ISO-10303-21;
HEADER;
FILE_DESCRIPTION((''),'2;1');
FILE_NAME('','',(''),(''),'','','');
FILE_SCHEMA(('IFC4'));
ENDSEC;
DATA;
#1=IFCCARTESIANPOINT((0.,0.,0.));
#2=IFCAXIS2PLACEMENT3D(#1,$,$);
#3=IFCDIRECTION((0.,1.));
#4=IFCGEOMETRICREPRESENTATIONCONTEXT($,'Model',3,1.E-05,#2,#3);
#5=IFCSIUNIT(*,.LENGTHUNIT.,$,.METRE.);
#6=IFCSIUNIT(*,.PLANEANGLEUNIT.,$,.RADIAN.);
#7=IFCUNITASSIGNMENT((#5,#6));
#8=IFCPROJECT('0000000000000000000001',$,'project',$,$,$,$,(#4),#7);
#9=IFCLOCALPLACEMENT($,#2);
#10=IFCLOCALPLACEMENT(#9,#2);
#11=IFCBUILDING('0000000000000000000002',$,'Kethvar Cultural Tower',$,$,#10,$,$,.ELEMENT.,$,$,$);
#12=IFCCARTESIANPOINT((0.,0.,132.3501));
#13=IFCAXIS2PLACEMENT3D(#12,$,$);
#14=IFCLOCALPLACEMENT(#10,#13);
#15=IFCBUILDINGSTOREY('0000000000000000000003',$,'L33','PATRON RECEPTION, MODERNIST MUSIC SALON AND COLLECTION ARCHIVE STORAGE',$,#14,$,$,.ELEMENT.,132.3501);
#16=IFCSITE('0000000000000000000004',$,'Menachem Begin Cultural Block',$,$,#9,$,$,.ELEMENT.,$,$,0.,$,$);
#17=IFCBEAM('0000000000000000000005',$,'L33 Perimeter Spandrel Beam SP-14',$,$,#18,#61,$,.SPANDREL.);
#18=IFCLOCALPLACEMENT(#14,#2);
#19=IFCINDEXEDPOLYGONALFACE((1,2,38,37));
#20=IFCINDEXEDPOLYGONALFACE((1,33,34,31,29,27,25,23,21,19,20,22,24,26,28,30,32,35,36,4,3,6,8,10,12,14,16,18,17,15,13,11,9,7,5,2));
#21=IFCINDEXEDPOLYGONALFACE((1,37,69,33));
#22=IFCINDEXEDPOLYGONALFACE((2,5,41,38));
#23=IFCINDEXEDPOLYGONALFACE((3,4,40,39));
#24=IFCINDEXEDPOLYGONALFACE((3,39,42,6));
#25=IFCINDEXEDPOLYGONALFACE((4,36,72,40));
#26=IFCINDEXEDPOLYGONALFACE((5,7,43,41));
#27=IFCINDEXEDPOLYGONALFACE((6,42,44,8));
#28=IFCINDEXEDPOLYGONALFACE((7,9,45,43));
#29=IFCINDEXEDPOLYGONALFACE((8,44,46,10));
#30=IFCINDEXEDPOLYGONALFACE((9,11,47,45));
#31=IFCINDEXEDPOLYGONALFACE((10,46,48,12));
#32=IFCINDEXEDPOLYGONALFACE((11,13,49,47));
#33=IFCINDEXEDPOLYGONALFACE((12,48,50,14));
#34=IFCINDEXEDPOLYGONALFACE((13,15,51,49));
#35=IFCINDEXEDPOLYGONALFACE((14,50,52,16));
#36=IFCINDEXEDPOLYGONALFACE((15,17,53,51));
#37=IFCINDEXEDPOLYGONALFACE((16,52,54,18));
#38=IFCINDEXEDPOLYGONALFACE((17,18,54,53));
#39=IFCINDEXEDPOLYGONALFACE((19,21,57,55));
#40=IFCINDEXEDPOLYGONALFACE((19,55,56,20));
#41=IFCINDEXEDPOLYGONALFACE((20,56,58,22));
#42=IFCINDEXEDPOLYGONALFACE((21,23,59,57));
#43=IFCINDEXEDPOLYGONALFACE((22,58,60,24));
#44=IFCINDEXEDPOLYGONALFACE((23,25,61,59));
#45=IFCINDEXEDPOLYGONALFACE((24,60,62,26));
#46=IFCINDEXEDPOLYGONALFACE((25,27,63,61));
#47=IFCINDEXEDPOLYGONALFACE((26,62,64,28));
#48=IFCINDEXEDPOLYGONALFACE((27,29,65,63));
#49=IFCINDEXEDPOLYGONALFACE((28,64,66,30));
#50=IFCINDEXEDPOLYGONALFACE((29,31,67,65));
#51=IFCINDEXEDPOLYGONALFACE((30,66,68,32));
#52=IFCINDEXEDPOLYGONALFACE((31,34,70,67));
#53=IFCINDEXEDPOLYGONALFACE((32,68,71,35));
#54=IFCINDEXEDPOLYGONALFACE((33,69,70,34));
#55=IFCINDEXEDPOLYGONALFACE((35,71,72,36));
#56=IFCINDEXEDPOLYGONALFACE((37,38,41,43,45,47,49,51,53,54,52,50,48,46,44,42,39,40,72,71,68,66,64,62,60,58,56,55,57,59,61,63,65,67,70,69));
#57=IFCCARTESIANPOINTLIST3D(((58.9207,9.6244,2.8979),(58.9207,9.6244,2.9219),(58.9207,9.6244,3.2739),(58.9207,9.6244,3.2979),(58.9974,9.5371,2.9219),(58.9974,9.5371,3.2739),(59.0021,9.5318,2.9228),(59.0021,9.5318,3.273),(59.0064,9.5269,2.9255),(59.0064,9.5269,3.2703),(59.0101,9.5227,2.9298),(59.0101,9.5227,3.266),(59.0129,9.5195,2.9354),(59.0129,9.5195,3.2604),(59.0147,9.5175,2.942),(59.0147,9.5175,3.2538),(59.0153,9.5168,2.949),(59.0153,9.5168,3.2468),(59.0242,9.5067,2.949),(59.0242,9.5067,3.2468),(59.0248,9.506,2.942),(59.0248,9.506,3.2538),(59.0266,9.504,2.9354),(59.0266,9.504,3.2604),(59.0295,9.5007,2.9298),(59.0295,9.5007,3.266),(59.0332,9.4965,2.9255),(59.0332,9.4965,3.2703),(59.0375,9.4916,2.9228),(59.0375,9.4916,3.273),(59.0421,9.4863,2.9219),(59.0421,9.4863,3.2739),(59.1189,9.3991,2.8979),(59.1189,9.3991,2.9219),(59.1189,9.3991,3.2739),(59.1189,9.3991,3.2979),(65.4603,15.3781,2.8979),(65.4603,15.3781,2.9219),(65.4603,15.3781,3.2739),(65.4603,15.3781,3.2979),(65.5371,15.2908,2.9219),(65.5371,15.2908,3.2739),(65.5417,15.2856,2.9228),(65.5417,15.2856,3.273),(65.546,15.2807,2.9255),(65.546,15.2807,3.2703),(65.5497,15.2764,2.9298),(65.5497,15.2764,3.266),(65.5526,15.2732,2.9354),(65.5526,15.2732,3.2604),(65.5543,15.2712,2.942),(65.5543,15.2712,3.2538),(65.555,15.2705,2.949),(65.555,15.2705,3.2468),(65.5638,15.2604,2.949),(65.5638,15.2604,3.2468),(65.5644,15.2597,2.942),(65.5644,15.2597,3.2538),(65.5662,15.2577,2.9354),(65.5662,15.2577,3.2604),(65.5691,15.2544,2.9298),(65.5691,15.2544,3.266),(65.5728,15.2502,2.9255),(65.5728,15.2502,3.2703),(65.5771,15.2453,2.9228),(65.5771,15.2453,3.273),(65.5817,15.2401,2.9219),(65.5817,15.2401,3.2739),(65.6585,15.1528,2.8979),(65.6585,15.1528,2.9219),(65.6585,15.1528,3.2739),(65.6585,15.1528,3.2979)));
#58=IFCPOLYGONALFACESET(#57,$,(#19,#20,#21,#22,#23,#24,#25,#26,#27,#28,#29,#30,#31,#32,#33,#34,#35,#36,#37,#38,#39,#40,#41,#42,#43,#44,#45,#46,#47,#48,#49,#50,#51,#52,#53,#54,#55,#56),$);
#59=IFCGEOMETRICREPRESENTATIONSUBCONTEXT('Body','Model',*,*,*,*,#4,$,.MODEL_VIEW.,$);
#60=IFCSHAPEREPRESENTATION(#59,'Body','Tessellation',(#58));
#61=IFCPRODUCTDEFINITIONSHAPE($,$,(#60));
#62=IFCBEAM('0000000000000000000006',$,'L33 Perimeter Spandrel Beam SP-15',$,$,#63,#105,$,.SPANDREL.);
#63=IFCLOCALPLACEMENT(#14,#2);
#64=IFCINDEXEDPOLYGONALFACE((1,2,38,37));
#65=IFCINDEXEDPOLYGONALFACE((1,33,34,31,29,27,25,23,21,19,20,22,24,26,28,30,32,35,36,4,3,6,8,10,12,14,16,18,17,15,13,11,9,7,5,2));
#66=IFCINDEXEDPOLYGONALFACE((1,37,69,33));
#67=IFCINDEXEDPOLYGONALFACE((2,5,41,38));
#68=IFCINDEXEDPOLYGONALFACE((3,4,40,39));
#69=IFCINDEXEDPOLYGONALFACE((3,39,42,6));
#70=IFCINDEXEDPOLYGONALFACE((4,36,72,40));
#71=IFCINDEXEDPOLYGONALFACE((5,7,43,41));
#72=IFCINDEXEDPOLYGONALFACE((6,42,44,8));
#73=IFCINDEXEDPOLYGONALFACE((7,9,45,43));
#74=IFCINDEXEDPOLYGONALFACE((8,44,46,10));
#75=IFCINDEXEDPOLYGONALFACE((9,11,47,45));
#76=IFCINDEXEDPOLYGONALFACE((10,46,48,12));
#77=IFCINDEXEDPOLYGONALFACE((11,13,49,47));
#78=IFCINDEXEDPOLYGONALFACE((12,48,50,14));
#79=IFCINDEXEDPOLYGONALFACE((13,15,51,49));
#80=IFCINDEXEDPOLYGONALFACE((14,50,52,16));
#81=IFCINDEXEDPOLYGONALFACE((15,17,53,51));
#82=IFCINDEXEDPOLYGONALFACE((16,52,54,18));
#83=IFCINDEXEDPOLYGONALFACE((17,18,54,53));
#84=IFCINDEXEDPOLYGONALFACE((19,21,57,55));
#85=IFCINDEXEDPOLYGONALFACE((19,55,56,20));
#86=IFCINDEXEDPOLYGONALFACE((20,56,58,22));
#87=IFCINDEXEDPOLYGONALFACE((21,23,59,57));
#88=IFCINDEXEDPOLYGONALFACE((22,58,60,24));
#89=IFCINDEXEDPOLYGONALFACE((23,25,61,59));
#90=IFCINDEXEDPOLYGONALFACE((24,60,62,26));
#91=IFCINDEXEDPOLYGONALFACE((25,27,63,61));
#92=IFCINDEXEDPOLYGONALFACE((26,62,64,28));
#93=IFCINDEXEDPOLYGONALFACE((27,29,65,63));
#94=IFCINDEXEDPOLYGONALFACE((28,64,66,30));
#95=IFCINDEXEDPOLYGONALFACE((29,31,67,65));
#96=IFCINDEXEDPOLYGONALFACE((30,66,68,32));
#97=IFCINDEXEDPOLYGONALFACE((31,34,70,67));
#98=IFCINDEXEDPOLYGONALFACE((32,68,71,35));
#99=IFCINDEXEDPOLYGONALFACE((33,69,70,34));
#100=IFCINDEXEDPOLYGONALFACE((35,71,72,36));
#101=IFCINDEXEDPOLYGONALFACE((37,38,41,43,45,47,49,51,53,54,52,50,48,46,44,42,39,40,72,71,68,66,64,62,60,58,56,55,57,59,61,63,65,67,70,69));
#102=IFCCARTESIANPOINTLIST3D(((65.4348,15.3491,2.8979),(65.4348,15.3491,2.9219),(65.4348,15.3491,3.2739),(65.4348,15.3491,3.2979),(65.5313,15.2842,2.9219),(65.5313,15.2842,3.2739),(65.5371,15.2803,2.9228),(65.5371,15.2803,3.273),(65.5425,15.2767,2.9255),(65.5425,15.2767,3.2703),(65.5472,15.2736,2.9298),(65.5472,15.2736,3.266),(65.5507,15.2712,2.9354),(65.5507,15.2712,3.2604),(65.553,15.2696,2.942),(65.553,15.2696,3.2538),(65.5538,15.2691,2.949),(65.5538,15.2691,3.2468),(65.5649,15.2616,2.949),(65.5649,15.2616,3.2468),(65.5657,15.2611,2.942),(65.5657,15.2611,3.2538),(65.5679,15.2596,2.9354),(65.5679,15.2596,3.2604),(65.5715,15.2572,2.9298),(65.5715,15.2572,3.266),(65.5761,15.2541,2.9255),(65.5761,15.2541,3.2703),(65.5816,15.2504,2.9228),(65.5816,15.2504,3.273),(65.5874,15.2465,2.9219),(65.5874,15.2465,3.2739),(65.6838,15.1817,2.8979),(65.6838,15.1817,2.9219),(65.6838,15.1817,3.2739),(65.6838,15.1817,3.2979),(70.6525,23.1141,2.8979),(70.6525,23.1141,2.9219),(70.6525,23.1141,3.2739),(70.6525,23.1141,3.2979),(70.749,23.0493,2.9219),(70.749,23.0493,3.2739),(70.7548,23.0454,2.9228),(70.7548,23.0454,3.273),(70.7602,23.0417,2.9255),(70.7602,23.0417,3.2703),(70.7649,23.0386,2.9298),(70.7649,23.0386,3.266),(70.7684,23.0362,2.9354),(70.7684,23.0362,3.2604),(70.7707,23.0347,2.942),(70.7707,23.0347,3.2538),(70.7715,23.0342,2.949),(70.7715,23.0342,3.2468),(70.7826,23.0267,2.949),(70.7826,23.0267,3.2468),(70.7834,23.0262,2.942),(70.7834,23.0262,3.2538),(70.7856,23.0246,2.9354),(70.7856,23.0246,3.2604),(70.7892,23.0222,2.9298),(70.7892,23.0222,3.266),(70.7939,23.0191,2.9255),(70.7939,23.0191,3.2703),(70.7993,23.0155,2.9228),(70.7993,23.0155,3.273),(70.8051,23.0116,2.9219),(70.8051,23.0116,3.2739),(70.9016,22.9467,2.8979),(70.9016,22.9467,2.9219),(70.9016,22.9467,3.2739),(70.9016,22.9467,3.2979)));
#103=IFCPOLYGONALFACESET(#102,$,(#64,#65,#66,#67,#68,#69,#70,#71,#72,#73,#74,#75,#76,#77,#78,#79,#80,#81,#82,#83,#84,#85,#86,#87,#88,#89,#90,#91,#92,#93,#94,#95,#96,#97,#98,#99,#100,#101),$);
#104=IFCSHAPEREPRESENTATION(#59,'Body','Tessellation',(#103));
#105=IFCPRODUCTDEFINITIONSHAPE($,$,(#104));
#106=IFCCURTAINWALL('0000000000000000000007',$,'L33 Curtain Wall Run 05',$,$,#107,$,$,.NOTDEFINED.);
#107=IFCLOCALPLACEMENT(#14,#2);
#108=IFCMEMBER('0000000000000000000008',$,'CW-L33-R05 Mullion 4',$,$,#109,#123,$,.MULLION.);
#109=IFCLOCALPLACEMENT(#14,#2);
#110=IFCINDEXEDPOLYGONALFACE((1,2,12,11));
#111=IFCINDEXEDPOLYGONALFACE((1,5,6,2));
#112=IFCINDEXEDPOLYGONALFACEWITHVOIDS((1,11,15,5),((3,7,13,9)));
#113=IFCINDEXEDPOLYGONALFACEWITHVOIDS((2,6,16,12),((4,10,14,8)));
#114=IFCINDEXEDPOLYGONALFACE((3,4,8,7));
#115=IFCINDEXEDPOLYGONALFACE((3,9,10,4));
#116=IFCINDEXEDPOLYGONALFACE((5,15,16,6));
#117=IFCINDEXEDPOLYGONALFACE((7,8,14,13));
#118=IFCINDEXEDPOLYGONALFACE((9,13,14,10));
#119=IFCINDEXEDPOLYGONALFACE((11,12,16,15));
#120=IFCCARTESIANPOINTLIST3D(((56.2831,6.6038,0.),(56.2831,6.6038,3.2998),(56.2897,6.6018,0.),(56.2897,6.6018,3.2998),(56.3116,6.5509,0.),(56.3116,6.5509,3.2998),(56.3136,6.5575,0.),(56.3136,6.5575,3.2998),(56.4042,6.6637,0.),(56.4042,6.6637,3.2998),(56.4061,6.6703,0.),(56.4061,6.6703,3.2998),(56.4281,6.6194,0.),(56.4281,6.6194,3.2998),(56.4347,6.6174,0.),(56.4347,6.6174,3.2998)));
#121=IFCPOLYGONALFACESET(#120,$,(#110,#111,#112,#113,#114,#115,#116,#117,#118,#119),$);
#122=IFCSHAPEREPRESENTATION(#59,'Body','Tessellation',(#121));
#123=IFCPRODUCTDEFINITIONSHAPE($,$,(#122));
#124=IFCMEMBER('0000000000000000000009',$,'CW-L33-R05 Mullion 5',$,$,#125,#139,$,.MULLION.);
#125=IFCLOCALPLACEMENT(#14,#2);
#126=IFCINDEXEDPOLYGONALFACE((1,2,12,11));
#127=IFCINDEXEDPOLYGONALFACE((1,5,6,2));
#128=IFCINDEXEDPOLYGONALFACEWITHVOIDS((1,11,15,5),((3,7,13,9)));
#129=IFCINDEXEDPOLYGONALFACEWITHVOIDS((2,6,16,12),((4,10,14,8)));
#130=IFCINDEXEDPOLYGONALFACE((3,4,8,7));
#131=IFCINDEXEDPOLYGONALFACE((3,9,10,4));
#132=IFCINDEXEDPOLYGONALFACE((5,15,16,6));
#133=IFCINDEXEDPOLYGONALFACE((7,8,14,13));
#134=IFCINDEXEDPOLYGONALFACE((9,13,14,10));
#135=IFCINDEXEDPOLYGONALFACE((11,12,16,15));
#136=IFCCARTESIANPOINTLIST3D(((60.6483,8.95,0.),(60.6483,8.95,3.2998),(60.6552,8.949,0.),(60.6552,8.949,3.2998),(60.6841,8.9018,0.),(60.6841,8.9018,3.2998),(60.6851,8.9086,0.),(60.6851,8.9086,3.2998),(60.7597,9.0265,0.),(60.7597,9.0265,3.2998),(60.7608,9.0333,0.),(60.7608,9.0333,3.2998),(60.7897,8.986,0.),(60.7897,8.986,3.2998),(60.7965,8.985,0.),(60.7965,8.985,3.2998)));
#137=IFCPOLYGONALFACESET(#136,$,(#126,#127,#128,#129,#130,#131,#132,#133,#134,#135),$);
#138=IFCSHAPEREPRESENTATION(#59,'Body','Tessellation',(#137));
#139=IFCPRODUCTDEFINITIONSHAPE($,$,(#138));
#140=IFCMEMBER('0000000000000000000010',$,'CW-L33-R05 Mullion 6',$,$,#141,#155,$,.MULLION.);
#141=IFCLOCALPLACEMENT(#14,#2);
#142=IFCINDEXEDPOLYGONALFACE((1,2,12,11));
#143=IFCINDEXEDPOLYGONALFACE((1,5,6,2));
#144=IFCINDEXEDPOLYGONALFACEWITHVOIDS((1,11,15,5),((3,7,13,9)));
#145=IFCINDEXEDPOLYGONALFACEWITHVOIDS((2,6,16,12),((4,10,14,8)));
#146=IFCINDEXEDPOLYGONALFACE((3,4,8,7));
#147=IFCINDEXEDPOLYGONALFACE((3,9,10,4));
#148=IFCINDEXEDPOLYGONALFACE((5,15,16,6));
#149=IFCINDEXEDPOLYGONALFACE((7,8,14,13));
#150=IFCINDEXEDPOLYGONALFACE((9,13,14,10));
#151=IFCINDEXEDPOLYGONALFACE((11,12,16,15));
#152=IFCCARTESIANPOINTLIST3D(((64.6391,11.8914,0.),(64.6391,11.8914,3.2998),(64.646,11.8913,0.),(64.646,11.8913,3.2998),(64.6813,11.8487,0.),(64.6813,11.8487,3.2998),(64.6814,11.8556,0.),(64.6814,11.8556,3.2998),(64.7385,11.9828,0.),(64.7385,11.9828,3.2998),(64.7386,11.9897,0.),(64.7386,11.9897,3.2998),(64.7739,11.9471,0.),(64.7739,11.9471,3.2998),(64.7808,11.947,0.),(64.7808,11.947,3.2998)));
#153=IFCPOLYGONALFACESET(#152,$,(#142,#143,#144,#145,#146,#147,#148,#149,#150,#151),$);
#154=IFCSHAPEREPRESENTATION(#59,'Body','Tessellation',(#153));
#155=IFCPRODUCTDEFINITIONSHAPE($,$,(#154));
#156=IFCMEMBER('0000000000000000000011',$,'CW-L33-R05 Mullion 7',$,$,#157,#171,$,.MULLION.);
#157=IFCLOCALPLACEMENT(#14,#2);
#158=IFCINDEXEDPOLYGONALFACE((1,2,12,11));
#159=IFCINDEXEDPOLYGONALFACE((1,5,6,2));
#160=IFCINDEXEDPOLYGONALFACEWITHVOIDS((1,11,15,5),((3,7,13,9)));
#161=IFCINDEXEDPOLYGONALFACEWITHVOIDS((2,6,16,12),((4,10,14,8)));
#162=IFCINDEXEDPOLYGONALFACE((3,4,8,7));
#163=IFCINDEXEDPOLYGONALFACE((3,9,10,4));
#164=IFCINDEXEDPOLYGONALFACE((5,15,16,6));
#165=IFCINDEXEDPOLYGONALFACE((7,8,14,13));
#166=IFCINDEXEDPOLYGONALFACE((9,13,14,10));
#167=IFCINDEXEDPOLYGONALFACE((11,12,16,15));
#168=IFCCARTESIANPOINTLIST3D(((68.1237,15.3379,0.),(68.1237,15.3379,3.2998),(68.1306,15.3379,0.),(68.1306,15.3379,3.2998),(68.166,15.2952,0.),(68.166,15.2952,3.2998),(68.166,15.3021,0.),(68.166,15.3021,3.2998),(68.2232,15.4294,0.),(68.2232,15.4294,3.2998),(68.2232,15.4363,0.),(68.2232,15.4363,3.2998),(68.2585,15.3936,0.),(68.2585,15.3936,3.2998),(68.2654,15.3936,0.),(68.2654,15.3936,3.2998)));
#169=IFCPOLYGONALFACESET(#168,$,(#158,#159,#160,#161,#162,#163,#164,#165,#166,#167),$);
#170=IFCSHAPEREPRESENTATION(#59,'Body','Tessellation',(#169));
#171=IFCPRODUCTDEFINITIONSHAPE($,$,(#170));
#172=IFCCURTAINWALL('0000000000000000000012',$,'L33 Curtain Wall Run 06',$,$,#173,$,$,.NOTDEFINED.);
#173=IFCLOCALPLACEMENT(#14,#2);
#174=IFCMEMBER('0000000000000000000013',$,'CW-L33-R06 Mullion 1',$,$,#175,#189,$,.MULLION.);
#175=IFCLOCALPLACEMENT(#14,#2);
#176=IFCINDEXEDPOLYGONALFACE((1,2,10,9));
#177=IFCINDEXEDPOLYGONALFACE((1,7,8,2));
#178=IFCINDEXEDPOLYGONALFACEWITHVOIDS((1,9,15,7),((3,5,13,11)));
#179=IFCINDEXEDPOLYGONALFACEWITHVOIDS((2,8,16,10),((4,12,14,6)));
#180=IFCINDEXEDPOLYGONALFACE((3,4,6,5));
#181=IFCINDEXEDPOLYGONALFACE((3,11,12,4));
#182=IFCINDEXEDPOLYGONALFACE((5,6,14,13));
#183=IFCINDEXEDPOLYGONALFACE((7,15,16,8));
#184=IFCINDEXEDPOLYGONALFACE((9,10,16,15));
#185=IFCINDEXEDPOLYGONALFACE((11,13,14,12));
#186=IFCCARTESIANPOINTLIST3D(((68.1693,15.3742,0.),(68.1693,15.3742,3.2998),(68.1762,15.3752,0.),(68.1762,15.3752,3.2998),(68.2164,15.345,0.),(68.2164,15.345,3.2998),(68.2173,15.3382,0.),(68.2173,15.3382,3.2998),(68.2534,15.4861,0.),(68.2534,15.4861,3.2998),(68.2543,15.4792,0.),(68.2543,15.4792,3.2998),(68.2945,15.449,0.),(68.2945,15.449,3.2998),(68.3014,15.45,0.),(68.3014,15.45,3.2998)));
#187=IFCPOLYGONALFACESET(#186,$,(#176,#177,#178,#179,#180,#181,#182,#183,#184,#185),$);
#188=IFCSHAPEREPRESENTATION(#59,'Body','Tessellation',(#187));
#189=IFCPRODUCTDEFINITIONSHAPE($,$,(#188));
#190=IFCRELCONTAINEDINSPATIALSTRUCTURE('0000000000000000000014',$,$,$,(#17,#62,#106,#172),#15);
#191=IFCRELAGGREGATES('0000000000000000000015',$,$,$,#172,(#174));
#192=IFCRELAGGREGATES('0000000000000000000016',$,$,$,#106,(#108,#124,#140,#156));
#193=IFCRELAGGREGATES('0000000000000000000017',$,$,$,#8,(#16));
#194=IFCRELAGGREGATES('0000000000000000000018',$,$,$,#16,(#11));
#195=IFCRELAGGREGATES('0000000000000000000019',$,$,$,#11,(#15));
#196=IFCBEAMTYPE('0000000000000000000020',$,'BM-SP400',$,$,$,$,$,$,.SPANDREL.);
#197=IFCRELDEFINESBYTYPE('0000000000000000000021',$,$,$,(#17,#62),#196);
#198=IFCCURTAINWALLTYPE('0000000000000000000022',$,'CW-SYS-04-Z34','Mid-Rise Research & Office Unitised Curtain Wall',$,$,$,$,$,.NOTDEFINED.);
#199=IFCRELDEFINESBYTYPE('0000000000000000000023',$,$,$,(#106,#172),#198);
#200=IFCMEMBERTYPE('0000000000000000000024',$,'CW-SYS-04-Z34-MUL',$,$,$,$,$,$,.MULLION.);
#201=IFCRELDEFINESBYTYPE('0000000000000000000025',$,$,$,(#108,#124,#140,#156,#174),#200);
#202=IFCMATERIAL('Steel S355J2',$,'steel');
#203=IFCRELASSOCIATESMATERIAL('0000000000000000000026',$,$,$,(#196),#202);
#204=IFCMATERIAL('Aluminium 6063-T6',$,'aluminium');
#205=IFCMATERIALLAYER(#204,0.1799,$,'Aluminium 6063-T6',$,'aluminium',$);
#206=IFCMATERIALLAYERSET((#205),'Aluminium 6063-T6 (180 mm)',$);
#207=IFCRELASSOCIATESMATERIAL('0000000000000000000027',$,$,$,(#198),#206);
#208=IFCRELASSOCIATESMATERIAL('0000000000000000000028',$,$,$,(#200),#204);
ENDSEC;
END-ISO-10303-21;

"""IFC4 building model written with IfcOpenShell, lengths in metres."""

from ifc_helpers import new_model, si_unit, direction, frame, origin, origin_2d, place, context, subcontext, project, spatial, hollow_rectangle, i_section, extrude, source, transform, mapped, material, layer, layer_set, material_profile, profile_set, type_object, element, aggregate, save


model = new_model("IFC4")

# Units and contexts
model_context = context("Model", 3, precision=1e-05, world=origin(), true_north=direction((0.0, 1.0)))
body_context = subcontext(model_context, "Body", "Model", "MODEL_VIEW")
ifc_project = project(units=[si_unit("LENGTHUNIT", "METRE"), si_unit("PLANEANGLEUNIT", "RADIAN")], contexts=[model_context])

# Site, building, storey
site_placement = place(None, origin())
site = spatial("IfcSite", under=ifc_project, at=site_placement, Name="Menachem Begin Cultural Block", CompositionType="ELEMENT", RefElevation=0.0)
building_placement = place(site_placement, origin())
building = spatial("IfcBuilding", under=site, at=building_placement, Name="Kethvar Cultural Tower", CompositionType="ELEMENT")
storey_placement = place(building_placement, frame((0.0, 0.0, 132.3501)))
storey = spatial("IfcBuildingStorey", under=building, at=storey_placement, Name="L33", Description="PATRON RECEPTION, MODERNIST MUSIC SALON AND COLLECTION ARCHIVE STORAGE", CompositionType="ELEMENT", Elevation=132.3501)

# Beams
ifc_material_1 = material(Name="Steel S355J2", Category="steel")
ifc_material_profile_1 = material_profile(ifc_material_1, i_section(OverallWidth=0.3, OverallDepth=0.3999, WebThickness=0.0134, FlangeThickness=0.0239, FilletRadius=0.0271, at=origin_2d()), Name="Steel S355J2 — HEB400")
ifc_profile_set_1 = profile_set([ifc_material_profile_1], Name="Steel S355J2 — HEB400")
beam_type_1 = type_object("IfcBeamType", Name="BM-SP400", PredefinedType="SPANDREL", material=ifc_profile_set_1)
shared_shape_1 = source(origin(), body_context, "Body", "SweptSolid", [
    extrude(i_section(OverallWidth=0.3, OverallDepth=0.3999, WebThickness=0.0134, FlangeThickness=0.0239, FilletRadius=0.0271, at=origin_2d()), origin(), (0.0, 0.0, 1.0), 8.7104),
])
beam_1_placement = place(storey_placement, frame((59.0198, 9.5117, 3.0979), z_axis=(0.750779, 0.660554, 0.0), x_axis=(-0.660554, 0.750779, 0.0)))
element("IfcBeam", 1, at=beam_1_placement, inside=storey, type_object=beam_type_1, Name="L33 Perimeter Spandrel Beam SP-14", PredefinedType="SPANDREL", context=body_context, shape_type="MappedRepresentation", body=[
    mapped(shared_shape_1, transform((0.0, 0.0, 0.0), scale=1.0)),
])
shared_shape_2 = source(origin(), body_context, "Body", "SweptSolid", [
    extrude(i_section(OverallWidth=0.3, OverallDepth=0.3999, WebThickness=0.0134, FlangeThickness=0.0239, FilletRadius=0.0271, at=origin_2d()), origin(), (0.0, 0.0, 1.0), 9.3552),
])
beam_2_placement = place(storey_placement, frame((65.5593, 15.2654, 3.0979), z_axis=(0.557732, 0.830021, 0.0), x_axis=(-0.830021, 0.557732, 0.0)))
element("IfcBeam", 2, at=beam_2_placement, inside=storey, type_object=beam_type_1, Name="L33 Perimeter Spandrel Beam SP-15", PredefinedType="SPANDREL", context=body_context, shape_type="MappedRepresentation", body=[
    mapped(shared_shape_2, transform((0.0, 0.0, 0.0), scale=1.0)),
])

# Curtain wall, members
ifc_material_2 = material(Name="Aluminium 6063-T6", Category="aluminium")
ifc_layer_1 = layer(ifc_material_2, 0.1799, Name="Aluminium 6063-T6", Category="aluminium")
ifc_layer_set_1 = layer_set([ifc_layer_1], Name="Aluminium 6063-T6 (180 mm)")
curtain_wall_type = type_object("IfcCurtainWallType", Name="CW-SYS-04-Z34", Description="Mid-Rise Research & Office Unitised Curtain Wall", PredefinedType="NOTDEFINED", material=ifc_layer_set_1)
curtain_wall_1_placement = place(storey_placement, origin())
curtain_wall_1 = element("IfcCurtainWall", 3, at=curtain_wall_1_placement, inside=storey, type_object=curtain_wall_type, Name="L33 Curtain Wall Run 05", PredefinedType="NOTDEFINED")
ifc_material_profile_2 = material_profile(ifc_material_2, hollow_rectangle(XDim=0.0601, YDim=0.1399, WallThickness=0.0049, at=origin_2d()), Name="Aluminium 6063-T6 — RHS140x60x5")
ifc_profile_set_2 = profile_set([ifc_material_profile_2], Name="Aluminium 6063-T6 — RHS140x60x5")
member_type_1 = type_object("IfcMemberType", Name="CW-SYS-04-Z34-MUL", PredefinedType="MULLION", material=ifc_profile_set_2)
shared_shape_3 = source(origin(), body_context, "Body", "SweptSolid", [
    extrude(hollow_rectangle(XDim=0.0601, YDim=0.1399, WallThickness=0.0049, at=origin_2d()), origin(), (0.0, 0.0, 1.0), 3.2998),
])
member_1_placement = place(storey_placement, frame((56.3589, 6.6106, 0.0), z_axis=(0.0, 0.0, 1.0), x_axis=(-0.475471, 0.879732, 0.0)))
member_1 = element("IfcMember", 4, at=member_1_placement, type_object=member_type_1, Name="CW-L33-R05 Mullion 4", PredefinedType="MULLION", context=body_context, shape_type="MappedRepresentation", body=[
    mapped(shared_shape_3, transform((0.0, 0.0, 0.0), scale=1.0)),
])
member_2_placement = place(storey_placement, frame((60.7224, 8.9675, 0.0), z_axis=(0.0, 0.0, 1.0), x_axis=(-0.595145, 0.803618, 0.0)))
member_2 = element("IfcMember", 5, at=member_2_placement, type_object=member_type_1, Name="CW-L33-R05 Mullion 5", PredefinedType="MULLION", context=body_context, shape_type="MappedRepresentation", body=[
    mapped(shared_shape_3, transform((0.0, 0.0, 0.0), scale=1.0)),
])
member_3_placement = place(storey_placement, frame((64.71, 11.9192, 0.0), z_axis=(0.0, 0.0, 1.0), x_axis=(-0.703171, 0.71102, 0.0)))
member_3 = element("IfcMember", 6, at=member_3_placement, type_object=member_type_1, Name="CW-L33-R05 Mullion 6", PredefinedType="MULLION", context=body_context, shape_type="MappedRepresentation", body=[
    mapped(shared_shape_3, transform((0.0, 0.0, 0.0), scale=1.0)),
])
member_4_placement = place(storey_placement, frame((68.1946, 15.3657, 0.0), z_axis=(0.0, 0.0, 1.0), x_axis=(-0.703171, 0.71102, 0.0)))
member_4 = element("IfcMember", 7, at=member_4_placement, type_object=member_type_1, Name="CW-L33-R05 Mullion 7", PredefinedType="MULLION", context=body_context, shape_type="MappedRepresentation", body=[
    mapped(shared_shape_3, transform((0.0, 0.0, 0.0), scale=1.0)),
])

# Curtain wall, member
curtain_wall_2_placement = place(storey_placement, origin())
curtain_wall_2 = element("IfcCurtainWall", 8, at=curtain_wall_2_placement, inside=storey, type_object=curtain_wall_type, Name="L33 Curtain Wall Run 06", PredefinedType="NOTDEFINED")
member_5_placement = place(storey_placement, frame((68.2354, 15.4121, 0.0), z_axis=(0.0, 0.0, 1.0), x_axis=(-0.799328, 0.600895, 0.0)))
member_5 = element("IfcMember", 9, at=member_5_placement, type_object=member_type_1, Name="CW-L33-R06 Mullion 1", PredefinedType="MULLION", context=body_context, shape_type="MappedRepresentation", body=[
    mapped(shared_shape_3, transform((0.0, 0.0, 0.0), scale=1.0)),
])

aggregate(curtain_wall_2, [member_5])

aggregate(curtain_wall_1, [member_1, member_2, member_3, member_4])

save(model, "model.ifc")
